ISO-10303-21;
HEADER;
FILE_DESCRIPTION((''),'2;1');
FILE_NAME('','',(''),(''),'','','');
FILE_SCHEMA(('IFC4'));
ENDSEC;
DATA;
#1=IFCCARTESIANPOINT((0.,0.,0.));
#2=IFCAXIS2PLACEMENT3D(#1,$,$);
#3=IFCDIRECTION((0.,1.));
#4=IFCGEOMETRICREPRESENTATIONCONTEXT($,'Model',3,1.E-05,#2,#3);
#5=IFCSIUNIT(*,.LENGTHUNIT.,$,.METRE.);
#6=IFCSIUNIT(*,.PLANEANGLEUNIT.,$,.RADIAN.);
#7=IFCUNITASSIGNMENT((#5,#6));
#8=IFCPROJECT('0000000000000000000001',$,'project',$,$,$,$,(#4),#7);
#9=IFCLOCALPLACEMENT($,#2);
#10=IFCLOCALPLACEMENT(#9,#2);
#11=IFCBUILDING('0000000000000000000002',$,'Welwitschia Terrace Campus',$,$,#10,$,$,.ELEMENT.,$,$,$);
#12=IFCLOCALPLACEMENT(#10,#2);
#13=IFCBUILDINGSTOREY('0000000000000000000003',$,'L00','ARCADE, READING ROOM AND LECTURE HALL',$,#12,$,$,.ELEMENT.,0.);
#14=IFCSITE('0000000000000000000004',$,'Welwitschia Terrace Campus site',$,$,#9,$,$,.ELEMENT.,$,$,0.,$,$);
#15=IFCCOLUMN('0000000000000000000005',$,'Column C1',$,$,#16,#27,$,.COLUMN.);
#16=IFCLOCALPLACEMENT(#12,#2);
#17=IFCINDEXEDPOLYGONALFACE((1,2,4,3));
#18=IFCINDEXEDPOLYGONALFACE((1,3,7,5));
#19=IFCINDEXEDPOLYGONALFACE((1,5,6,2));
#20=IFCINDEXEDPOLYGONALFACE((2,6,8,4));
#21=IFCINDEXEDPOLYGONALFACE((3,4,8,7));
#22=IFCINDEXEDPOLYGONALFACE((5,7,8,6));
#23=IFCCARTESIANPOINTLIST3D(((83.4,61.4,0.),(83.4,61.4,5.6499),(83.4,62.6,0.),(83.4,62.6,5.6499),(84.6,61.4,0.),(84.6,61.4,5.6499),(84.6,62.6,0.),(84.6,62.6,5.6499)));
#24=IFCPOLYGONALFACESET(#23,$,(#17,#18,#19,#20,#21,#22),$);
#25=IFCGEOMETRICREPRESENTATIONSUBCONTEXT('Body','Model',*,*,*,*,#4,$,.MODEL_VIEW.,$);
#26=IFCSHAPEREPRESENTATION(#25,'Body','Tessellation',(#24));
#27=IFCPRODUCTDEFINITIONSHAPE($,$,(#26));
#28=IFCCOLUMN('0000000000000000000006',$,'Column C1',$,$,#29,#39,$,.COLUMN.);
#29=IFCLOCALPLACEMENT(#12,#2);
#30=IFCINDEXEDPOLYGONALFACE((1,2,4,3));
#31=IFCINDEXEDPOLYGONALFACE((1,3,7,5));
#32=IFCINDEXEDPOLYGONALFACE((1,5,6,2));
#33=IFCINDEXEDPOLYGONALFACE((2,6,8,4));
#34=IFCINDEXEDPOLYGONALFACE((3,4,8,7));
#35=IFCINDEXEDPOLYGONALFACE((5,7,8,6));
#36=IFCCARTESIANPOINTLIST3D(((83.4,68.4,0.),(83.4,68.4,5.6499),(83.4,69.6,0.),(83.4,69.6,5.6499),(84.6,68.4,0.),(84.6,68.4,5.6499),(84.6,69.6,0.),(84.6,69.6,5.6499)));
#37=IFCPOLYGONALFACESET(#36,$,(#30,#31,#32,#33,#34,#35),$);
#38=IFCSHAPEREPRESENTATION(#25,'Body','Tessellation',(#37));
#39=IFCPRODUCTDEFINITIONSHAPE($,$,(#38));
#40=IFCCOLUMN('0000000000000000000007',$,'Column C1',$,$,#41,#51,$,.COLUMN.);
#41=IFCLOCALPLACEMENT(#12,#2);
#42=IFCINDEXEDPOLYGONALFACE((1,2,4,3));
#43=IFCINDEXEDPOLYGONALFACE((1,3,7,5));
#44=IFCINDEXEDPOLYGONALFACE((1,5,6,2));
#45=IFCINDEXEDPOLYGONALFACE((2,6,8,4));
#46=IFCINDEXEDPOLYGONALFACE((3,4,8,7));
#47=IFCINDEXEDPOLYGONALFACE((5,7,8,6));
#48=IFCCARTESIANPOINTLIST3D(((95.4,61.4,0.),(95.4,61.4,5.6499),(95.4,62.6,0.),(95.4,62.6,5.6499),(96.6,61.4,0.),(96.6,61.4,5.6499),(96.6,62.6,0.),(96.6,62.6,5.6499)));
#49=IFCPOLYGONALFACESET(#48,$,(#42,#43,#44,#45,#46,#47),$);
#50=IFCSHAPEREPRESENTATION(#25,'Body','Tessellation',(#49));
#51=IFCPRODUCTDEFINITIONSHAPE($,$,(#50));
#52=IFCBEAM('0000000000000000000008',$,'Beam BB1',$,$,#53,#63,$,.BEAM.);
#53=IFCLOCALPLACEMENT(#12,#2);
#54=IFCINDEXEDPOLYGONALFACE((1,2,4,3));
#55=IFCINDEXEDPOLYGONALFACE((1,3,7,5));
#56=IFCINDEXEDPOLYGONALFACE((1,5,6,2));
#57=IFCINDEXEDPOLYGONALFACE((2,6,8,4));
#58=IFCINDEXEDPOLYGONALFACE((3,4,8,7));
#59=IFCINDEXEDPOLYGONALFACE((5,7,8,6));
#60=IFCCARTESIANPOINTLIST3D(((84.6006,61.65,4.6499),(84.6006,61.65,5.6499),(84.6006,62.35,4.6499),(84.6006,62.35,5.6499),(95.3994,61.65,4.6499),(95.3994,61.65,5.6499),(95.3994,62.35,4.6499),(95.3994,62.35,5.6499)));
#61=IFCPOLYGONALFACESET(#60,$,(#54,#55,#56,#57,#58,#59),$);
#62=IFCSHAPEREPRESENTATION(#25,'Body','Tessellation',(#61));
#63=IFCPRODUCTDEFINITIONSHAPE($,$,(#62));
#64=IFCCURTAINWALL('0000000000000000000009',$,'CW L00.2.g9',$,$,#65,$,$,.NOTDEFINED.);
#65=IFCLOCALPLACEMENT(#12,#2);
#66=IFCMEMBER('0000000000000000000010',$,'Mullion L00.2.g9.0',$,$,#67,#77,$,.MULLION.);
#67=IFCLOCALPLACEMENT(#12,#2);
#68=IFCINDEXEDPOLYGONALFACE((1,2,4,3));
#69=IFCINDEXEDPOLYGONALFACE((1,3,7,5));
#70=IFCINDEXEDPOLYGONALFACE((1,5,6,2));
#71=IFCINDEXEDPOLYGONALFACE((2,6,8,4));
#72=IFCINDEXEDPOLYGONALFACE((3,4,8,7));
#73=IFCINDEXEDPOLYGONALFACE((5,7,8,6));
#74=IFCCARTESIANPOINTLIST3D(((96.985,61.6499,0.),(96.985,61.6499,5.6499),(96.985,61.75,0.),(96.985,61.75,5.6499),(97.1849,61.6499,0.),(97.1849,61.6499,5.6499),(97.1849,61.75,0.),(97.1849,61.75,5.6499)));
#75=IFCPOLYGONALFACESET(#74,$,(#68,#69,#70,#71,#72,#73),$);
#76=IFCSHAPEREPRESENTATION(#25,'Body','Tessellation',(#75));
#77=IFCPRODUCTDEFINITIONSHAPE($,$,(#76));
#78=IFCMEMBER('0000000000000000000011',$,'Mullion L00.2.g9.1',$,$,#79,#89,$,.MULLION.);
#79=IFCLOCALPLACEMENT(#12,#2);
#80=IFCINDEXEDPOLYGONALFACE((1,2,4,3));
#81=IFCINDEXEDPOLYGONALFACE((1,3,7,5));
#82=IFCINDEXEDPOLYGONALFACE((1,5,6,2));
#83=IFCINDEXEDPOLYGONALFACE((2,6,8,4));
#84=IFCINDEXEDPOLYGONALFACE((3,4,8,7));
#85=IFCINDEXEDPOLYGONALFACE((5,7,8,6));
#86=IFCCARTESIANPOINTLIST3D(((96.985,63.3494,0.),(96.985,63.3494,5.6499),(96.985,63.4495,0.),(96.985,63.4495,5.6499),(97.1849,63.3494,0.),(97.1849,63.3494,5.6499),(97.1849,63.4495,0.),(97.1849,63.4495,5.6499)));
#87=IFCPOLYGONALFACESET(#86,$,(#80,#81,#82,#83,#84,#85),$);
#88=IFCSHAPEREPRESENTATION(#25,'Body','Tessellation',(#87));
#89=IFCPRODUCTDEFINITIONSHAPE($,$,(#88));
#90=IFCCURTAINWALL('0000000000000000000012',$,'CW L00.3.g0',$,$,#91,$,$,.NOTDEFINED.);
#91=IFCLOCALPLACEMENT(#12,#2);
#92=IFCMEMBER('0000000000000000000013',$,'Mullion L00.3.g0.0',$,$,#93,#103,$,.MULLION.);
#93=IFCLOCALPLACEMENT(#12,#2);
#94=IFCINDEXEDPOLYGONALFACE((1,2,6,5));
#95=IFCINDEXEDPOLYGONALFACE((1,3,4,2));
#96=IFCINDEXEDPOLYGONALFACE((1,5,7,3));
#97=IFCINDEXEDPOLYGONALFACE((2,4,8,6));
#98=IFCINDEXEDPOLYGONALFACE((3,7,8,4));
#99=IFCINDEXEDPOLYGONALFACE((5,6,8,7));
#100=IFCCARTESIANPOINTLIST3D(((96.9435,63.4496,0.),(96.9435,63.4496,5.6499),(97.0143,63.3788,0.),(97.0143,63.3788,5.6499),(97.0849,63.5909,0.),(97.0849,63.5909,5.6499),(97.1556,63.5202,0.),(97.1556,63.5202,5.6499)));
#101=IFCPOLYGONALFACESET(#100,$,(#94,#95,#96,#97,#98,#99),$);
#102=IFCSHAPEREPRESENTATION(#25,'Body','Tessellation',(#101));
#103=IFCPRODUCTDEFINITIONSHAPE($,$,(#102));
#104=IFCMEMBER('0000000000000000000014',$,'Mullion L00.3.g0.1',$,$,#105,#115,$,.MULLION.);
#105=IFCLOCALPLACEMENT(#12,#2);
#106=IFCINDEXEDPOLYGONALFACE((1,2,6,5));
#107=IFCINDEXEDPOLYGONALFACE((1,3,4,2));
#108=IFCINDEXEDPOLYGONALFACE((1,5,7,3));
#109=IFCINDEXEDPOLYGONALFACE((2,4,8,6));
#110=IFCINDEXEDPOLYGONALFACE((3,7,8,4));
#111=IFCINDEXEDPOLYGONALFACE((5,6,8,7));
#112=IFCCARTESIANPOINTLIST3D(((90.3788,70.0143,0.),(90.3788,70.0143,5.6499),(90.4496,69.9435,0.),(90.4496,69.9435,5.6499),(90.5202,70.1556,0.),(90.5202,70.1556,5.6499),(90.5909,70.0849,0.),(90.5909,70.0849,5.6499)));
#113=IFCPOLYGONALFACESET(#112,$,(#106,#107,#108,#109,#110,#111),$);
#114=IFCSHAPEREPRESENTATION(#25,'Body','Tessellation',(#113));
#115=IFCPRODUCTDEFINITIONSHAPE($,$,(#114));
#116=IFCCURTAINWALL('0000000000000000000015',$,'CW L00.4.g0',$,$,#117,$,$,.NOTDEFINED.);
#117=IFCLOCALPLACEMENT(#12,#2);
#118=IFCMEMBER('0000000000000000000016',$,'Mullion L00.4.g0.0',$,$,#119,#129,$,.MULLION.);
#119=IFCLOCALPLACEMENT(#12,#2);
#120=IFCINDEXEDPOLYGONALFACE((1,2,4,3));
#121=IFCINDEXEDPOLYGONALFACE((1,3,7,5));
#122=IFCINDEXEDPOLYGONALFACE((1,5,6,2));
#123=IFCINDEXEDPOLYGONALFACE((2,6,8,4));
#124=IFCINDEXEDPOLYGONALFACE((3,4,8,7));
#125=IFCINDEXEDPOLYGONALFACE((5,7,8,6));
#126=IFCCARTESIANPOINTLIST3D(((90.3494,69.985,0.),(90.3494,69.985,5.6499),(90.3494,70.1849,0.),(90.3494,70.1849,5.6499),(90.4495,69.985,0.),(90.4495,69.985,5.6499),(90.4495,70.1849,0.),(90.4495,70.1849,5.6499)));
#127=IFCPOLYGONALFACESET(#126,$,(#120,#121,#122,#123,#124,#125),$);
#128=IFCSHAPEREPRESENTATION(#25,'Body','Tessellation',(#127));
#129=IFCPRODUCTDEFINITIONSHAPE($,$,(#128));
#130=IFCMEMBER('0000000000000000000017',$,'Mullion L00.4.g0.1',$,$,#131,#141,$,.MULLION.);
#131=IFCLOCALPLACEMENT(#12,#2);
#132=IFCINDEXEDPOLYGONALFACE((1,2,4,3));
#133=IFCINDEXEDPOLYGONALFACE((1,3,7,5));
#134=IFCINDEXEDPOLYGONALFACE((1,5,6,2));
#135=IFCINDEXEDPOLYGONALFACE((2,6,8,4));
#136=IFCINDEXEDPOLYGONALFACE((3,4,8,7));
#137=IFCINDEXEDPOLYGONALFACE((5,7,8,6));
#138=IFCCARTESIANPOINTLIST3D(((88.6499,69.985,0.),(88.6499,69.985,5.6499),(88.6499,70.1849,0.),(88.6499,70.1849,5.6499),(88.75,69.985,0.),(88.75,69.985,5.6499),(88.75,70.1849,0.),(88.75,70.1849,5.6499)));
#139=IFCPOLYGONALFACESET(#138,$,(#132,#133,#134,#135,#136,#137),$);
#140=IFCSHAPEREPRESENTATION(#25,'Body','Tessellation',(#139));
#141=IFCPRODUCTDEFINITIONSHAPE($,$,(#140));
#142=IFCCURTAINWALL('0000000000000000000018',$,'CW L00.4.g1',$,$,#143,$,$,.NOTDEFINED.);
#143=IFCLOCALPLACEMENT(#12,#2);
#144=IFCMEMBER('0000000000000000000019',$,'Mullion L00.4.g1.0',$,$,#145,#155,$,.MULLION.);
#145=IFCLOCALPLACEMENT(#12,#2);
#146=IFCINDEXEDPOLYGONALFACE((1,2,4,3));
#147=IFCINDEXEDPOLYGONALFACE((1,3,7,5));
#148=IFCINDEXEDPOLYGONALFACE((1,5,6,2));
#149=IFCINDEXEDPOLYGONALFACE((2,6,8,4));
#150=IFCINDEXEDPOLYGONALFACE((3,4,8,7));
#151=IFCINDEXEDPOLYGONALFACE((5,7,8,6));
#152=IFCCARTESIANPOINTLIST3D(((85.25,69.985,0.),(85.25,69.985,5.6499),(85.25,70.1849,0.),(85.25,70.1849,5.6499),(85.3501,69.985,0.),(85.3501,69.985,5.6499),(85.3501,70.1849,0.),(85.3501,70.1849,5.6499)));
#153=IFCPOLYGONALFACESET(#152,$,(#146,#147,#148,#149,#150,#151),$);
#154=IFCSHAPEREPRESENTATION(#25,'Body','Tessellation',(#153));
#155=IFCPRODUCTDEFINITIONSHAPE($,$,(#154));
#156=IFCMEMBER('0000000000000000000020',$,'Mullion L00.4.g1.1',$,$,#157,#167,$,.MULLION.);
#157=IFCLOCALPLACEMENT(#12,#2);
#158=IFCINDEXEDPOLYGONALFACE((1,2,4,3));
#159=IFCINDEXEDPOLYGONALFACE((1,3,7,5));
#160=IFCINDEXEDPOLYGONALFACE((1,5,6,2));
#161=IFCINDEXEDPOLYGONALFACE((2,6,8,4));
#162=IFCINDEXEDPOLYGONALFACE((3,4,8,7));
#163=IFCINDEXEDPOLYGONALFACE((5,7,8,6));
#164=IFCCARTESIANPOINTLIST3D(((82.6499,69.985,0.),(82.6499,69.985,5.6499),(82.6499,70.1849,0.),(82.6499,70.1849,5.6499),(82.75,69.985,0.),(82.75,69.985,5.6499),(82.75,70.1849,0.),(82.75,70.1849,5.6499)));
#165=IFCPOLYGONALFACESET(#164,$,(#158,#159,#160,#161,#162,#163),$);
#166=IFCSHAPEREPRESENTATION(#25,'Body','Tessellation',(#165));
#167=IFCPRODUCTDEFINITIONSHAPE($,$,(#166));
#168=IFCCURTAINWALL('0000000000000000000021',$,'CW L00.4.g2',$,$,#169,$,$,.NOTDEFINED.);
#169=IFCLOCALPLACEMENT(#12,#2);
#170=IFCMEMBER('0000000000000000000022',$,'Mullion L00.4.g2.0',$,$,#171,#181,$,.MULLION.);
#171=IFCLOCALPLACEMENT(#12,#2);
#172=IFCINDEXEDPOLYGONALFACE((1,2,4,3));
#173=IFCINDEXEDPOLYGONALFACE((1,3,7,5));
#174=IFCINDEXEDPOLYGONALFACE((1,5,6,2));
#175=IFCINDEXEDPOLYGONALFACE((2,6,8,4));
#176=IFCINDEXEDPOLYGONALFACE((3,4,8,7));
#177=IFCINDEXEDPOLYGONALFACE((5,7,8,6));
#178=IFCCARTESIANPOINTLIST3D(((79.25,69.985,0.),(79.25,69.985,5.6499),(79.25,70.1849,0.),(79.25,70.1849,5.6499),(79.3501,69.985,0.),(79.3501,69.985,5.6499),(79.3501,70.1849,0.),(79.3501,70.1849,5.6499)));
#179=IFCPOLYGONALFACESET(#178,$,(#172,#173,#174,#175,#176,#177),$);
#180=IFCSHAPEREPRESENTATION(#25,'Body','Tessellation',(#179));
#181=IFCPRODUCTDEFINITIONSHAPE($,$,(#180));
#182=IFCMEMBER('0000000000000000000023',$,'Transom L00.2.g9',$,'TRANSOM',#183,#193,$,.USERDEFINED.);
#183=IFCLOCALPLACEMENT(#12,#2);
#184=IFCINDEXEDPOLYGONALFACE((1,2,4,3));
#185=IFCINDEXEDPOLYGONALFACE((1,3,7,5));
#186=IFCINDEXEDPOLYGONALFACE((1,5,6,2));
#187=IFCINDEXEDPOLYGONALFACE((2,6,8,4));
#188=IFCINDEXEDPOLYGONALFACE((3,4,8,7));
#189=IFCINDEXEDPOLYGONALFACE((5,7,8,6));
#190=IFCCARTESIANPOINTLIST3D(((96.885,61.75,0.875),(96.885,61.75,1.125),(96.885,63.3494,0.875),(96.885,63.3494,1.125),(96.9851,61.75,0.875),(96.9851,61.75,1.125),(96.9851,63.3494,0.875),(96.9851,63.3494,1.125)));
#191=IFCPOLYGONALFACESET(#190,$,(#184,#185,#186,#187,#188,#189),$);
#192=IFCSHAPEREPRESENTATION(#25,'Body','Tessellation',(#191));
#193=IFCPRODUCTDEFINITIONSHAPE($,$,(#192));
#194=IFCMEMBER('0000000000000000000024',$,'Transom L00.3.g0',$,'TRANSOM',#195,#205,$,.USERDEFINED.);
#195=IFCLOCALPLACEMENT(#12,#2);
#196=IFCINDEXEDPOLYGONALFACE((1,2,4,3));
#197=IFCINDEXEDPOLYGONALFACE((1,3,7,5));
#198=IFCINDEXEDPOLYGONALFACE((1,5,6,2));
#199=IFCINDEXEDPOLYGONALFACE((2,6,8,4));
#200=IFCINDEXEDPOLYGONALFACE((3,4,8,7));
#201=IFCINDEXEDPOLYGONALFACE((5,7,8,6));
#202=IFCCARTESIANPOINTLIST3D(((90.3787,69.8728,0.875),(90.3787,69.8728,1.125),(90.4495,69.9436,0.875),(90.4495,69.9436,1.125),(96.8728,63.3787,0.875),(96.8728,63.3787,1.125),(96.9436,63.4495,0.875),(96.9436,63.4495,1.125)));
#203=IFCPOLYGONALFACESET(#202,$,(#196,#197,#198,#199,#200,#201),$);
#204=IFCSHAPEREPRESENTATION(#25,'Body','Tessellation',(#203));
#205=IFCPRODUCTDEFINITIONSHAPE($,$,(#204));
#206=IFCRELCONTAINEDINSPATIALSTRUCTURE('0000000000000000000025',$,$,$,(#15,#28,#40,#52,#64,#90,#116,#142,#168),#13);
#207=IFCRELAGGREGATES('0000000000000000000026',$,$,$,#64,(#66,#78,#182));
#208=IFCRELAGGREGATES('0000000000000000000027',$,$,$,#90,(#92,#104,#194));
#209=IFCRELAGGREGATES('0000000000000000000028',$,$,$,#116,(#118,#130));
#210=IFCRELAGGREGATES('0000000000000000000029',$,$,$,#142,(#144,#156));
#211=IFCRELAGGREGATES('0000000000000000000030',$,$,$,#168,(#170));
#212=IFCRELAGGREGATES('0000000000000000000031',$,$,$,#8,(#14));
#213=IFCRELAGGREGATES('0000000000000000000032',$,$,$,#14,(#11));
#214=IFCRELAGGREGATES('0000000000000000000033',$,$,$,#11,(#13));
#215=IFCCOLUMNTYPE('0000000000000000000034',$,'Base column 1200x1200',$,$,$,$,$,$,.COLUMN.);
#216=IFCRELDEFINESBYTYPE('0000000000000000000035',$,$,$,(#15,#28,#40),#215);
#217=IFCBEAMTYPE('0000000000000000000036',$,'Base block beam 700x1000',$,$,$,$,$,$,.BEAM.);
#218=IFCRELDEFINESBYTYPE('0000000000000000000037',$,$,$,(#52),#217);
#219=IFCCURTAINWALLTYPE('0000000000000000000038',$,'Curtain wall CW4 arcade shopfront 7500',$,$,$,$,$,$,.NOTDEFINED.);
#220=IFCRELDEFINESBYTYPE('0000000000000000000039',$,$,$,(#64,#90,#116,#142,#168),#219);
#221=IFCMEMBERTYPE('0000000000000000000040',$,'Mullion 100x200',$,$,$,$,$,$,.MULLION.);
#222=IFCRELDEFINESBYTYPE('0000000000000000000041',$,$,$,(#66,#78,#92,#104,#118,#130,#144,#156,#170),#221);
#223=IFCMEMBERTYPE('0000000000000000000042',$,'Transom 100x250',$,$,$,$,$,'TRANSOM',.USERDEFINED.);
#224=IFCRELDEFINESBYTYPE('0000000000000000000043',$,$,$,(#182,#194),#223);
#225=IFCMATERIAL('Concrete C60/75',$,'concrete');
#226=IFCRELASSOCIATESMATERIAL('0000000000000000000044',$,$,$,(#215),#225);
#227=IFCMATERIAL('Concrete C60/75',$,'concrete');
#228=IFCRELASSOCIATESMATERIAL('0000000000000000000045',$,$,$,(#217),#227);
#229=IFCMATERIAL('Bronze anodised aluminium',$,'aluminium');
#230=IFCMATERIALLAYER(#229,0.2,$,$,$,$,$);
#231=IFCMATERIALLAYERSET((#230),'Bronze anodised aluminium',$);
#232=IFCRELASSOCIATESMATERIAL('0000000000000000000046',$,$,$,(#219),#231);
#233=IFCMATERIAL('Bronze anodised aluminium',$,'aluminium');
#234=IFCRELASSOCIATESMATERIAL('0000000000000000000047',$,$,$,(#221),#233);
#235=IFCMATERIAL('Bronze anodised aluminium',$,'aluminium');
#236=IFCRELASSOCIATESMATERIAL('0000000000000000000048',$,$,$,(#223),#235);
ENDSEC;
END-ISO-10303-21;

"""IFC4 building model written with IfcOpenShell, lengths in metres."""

from ifc_helpers import new_model, si_unit, direction, frame, origin, origin_2d, place, context, subcontext, project, spatial, rectangle, extrude, material, layer, layer_set, material_profile, profile_set, type_object, element, aggregate, save


model = new_model("IFC4")

# Units and contexts
model_context = context("Model", 3, precision=1e-05, world=origin(), true_north=direction((0.0, 1.0)))
body_context = subcontext(model_context, "Body", "Model", "MODEL_VIEW")
ifc_project = project(units=[si_unit("LENGTHUNIT", "METRE"), si_unit("PLANEANGLEUNIT", "RADIAN")], contexts=[model_context])

# Site, building, storey
site_placement = place(None, origin())
site = spatial("IfcSite", under=ifc_project, at=site_placement, Name="Welwitschia Terrace Campus site", CompositionType="ELEMENT", RefElevation=0.0)
building_placement = place(site_placement, origin())
building = spatial("IfcBuilding", under=site, at=building_placement, Name="Welwitschia Terrace Campus", CompositionType="ELEMENT")
storey_placement = place(building_placement, origin())
storey = spatial("IfcBuildingStorey", under=building, at=storey_placement, Name="L00", Description="ARCADE, READING ROOM AND LECTURE HALL", CompositionType="ELEMENT", Elevation=0.0)

# Columns
ifc_material_1 = material(Name="Concrete C60/75", Category="concrete")
ifc_material_profile_1 = material_profile(ifc_material_1, rectangle(XDim=1.2, YDim=1.2, at=origin_2d()))
ifc_profile_set_1 = profile_set([ifc_material_profile_1], Name="Concrete C60/75")
column_type = type_object("IfcColumnType", Name="Base column 1200x1200", PredefinedType="COLUMN", material=ifc_profile_set_1)
for number, where, z_axis, x_axis, name in (
    (1, (84.0, 62.0, 0.0), (0.0, 0.0, 1.0), (1.0, 0.0, 0.0), "Column C1"),
    (2, (84.0, 69.0, 0.0), (0.0, 0.0, 1.0), (1.0, 0.0, 0.0), "Column C1"),
    (3, (96.0, 62.0, 0.0), (0.0, 0.0, 1.0), (1.0, 0.0, 0.0), "Column C1"),
):
    element("IfcColumn", number, at=place(storey_placement, frame(where, z_axis=z_axis, x_axis=x_axis)), inside=storey, type_object=column_type, Name=name, PredefinedType="COLUMN", context=body_context, shape_type="SweptSolid", body=[
        extrude(rectangle(XDim=1.2, YDim=1.2, at=origin_2d()), origin(), (0.0, 0.0, 1.0), 5.6499),
    ])

# Beam
ifc_material_2 = material(Name="Concrete C60/75", Category="concrete")
ifc_material_profile_2 = material_profile(ifc_material_2, rectangle(XDim=0.7, YDim=1.0, at=origin_2d()))
ifc_profile_set_2 = profile_set([ifc_material_profile_2], Name="Concrete C60/75")
beam_type = type_object("IfcBeamType", Name="Base block beam 700x1000", PredefinedType="BEAM", material=ifc_profile_set_2)
beam_placement = place(storey_placement, frame((84.6006, 62.0, 5.1499), z_axis=(1.0, 0.0, 0.0), x_axis=(0.0, 1.0, 0.0)))
element("IfcBeam", 4, at=beam_placement, inside=storey, type_object=beam_type, Name="Beam BB1", PredefinedType="BEAM", context=body_context, shape_type="SweptSolid", body=[
    extrude(rectangle(XDim=0.7, YDim=1.0, at=origin_2d()), origin(), (0.0, 0.0, 1.0), 10.7988),
])

# Curtain walls, members
ifc_material_3 = material(Name="Bronze anodised aluminium", Category="aluminium")
ifc_layer_1 = layer(ifc_material_3, 0.2)
ifc_layer_set_1 = layer_set([ifc_layer_1], Name="Bronze anodised aluminium")
curtain_wall_type = type_object("IfcCurtainWallType", Name="Curtain wall CW4 arcade shopfront 7500", PredefinedType="NOTDEFINED", material=ifc_layer_set_1)
curtain_wall_1_placement = place(storey_placement, origin())
curtain_wall_1 = element("IfcCurtainWall", 5, at=curtain_wall_1_placement, inside=storey, type_object=curtain_wall_type, Name="CW L00.2.g9", PredefinedType="NOTDEFINED")
ifc_material_4 = material(Name="Bronze anodised aluminium", Category="aluminium")
ifc_material_profile_3 = material_profile(ifc_material_4, rectangle(XDim=0.2, YDim=0.1001, at=origin_2d()))
ifc_profile_set_3 = profile_set([ifc_material_profile_3], Name="Bronze anodised aluminium")
member_type_1 = type_object("IfcMemberType", Name="Mullion 100x200", PredefinedType="MULLION", material=ifc_profile_set_3)
member_1_placement = place(storey_placement, frame((97.085, 61.7, 0.0), z_axis=(0.0, 0.0, 1.0), x_axis=(-1.0, 0.0, 0.0)))
member_1 = element("IfcMember", 6, at=member_1_placement, type_object=member_type_1, Name="Mullion L00.2.g9.0", PredefinedType="MULLION", context=body_context, shape_type="SweptSolid", body=[
    extrude(rectangle(XDim=0.2, YDim=0.1001, at=origin_2d()), origin(), (0.0, 0.0, 1.0), 5.6499),
])
member_2_placement = place(storey_placement, frame((97.085, 63.3994, 0.0), z_axis=(0.0, 0.0, 1.0), x_axis=(-1.0, 0.0, 0.0)))
member_2 = element("IfcMember", 7, at=member_2_placement, type_object=member_type_1, Name="Mullion L00.2.g9.1", PredefinedType="MULLION", context=body_context, shape_type="SweptSolid", body=[
    extrude(rectangle(XDim=0.2, YDim=0.1001, at=origin_2d()), origin(), (0.0, 0.0, 1.0), 5.6499),
])
curtain_wall_2_placement = place(storey_placement, origin())
curtain_wall_2 = element("IfcCurtainWall", 8, at=curtain_wall_2_placement, inside=storey, type_object=curtain_wall_type, Name="CW L00.3.g0", PredefinedType="NOTDEFINED")
member_3_placement = place(storey_placement, frame((97.0496, 63.4849, 0.0), z_axis=(0.0, 0.0, 1.0), x_axis=(-0.707107, -0.707107, 0.0)))
member_3 = element("IfcMember", 9, at=member_3_placement, type_object=member_type_1, Name="Mullion L00.3.g0.0", PredefinedType="MULLION", context=body_context, shape_type="SweptSolid", body=[
    extrude(rectangle(XDim=0.2, YDim=0.1001, at=origin_2d()), origin(), (0.0, 0.0, 1.0), 5.6499),
])
member_4_placement = place(storey_placement, frame((90.4849, 70.0496, 0.0), z_axis=(0.0, 0.0, 1.0), x_axis=(-0.707107, -0.707107, 0.0)))
member_4 = element("IfcMember", 10, at=member_4_placement, type_object=member_type_1, Name="Mullion L00.3.g0.1", PredefinedType="MULLION", context=body_context, shape_type="SweptSolid", body=[
    extrude(rectangle(XDim=0.2, YDim=0.1001, at=origin_2d()), origin(), (0.0, 0.0, 1.0), 5.6499),
])
curtain_wall_3_placement = place(storey_placement, origin())
curtain_wall_3 = element("IfcCurtainWall", 11, at=curtain_wall_3_placement, inside=storey, type_object=curtain_wall_type, Name="CW L00.4.g0", PredefinedType="NOTDEFINED")
member_5_placement = place(storey_placement, frame((90.3994, 70.085, 0.0), z_axis=(0.0, 0.0, 1.0), x_axis=(0.0, -1.0, 0.0)))
member_5 = element("IfcMember", 12, at=member_5_placement, type_object=member_type_1, Name="Mullion L00.4.g0.0", PredefinedType="MULLION", context=body_context, shape_type="SweptSolid", body=[
    extrude(rectangle(XDim=0.2, YDim=0.1001, at=origin_2d()), origin(), (0.0, 0.0, 1.0), 5.6499),
])
member_6_placement = place(storey_placement, frame((88.7, 70.085, 0.0), z_axis=(0.0, 0.0, 1.0), x_axis=(0.0, -1.0, 0.0)))
member_6 = element("IfcMember", 13, at=member_6_placement, type_object=member_type_1, Name="Mullion L00.4.g0.1", PredefinedType="MULLION", context=body_context, shape_type="SweptSolid", body=[
    extrude(rectangle(XDim=0.2, YDim=0.1001, at=origin_2d()), origin(), (0.0, 0.0, 1.0), 5.6499),
])
curtain_wall_4_placement = place(storey_placement, origin())
curtain_wall_4 = element("IfcCurtainWall", 14, at=curtain_wall_4_placement, inside=storey, type_object=curtain_wall_type, Name="CW L00.4.g1", PredefinedType="NOTDEFINED")
member_7_placement = place(storey_placement, frame((85.3, 70.085, 0.0), z_axis=(0.0, 0.0, 1.0), x_axis=(0.0, -1.0, 0.0)))
member_7 = element("IfcMember", 15, at=member_7_placement, type_object=member_type_1, Name="Mullion L00.4.g1.0", PredefinedType="MULLION", context=body_context, shape_type="SweptSolid", body=[
    extrude(rectangle(XDim=0.2, YDim=0.1001, at=origin_2d()), origin(), (0.0, 0.0, 1.0), 5.6499),
])
member_8_placement = place(storey_placement, frame((82.7, 70.085, 0.0), z_axis=(0.0, 0.0, 1.0), x_axis=(0.0, -1.0, 0.0)))
member_8 = element("IfcMember", 16, at=member_8_placement, type_object=member_type_1, Name="Mullion L00.4.g1.1", PredefinedType="MULLION", context=body_context, shape_type="SweptSolid", body=[
    extrude(rectangle(XDim=0.2, YDim=0.1001, at=origin_2d()), origin(), (0.0, 0.0, 1.0), 5.6499),
])

# Curtain wall, member
curtain_wall_5_placement = place(storey_placement, origin())
curtain_wall_5 = element("IfcCurtainWall", 17, at=curtain_wall_5_placement, inside=storey, type_object=curtain_wall_type, Name="CW L00.4.g2", PredefinedType="NOTDEFINED")
member_9_placement = place(storey_placement, frame((79.3, 70.085, 0.0), z_axis=(0.0, 0.0, 1.0), x_axis=(0.0, -1.0, 0.0)))
member_9 = element("IfcMember", 18, at=member_9_placement, type_object=member_type_1, Name="Mullion L00.4.g2.0", PredefinedType="MULLION", context=body_context, shape_type="SweptSolid", body=[
    extrude(rectangle(XDim=0.2, YDim=0.1001, at=origin_2d()), origin(), (0.0, 0.0, 1.0), 5.6499),
])

# Members
ifc_material_5 = material(Name="Bronze anodised aluminium", Category="aluminium")
ifc_material_profile_4 = material_profile(ifc_material_5, rectangle(XDim=0.1001, YDim=0.25, at=origin_2d()))
ifc_profile_set_4 = profile_set([ifc_material_profile_4], Name="Bronze anodised aluminium")
member_type_2 = type_object("IfcMemberType", Name="Transom 100x250", ElementType="TRANSOM", PredefinedType="USERDEFINED", material=ifc_profile_set_4)
member_10_placement = place(storey_placement, frame((96.9351, 61.75, 1.0), z_axis=(0.0, 1.0, 0.0), x_axis=(-1.0, 0.0, 0.0)))
member_10 = element("IfcMember", 19, at=member_10_placement, type_object=member_type_2, Name="Transom L00.2.g9", ObjectType="TRANSOM", PredefinedType="USERDEFINED", context=body_context, shape_type="SweptSolid", body=[
    extrude(rectangle(XDim=0.1001, YDim=0.25, at=origin_2d()), origin(), (0.0, 0.0, 1.0), 1.5994),
])
member_11_placement = place(storey_placement, frame((96.9082, 63.4141, 1.0), z_axis=(-0.707107, 0.707107, 0.0), x_axis=(-0.707107, -0.707107, 0.0)))
member_11 = element("IfcMember", 20, at=member_11_placement, type_object=member_type_2, Name="Transom L00.3.g0", ObjectType="TRANSOM", PredefinedType="USERDEFINED", context=body_context, shape_type="SweptSolid", body=[
    extrude(rectangle(XDim=0.1001, YDim=0.25, at=origin_2d()), origin(), (0.0, 0.0, 1.0), 9.1841),
])

aggregate(curtain_wall_1, [member_1, member_2, member_10])
aggregate(curtain_wall_2, [member_3, member_4, member_11])
aggregate(curtain_wall_3, [member_5, member_6])
aggregate(curtain_wall_4, [member_7, member_8])
aggregate(curtain_wall_5, [member_9])

save(model, "model.ifc")
